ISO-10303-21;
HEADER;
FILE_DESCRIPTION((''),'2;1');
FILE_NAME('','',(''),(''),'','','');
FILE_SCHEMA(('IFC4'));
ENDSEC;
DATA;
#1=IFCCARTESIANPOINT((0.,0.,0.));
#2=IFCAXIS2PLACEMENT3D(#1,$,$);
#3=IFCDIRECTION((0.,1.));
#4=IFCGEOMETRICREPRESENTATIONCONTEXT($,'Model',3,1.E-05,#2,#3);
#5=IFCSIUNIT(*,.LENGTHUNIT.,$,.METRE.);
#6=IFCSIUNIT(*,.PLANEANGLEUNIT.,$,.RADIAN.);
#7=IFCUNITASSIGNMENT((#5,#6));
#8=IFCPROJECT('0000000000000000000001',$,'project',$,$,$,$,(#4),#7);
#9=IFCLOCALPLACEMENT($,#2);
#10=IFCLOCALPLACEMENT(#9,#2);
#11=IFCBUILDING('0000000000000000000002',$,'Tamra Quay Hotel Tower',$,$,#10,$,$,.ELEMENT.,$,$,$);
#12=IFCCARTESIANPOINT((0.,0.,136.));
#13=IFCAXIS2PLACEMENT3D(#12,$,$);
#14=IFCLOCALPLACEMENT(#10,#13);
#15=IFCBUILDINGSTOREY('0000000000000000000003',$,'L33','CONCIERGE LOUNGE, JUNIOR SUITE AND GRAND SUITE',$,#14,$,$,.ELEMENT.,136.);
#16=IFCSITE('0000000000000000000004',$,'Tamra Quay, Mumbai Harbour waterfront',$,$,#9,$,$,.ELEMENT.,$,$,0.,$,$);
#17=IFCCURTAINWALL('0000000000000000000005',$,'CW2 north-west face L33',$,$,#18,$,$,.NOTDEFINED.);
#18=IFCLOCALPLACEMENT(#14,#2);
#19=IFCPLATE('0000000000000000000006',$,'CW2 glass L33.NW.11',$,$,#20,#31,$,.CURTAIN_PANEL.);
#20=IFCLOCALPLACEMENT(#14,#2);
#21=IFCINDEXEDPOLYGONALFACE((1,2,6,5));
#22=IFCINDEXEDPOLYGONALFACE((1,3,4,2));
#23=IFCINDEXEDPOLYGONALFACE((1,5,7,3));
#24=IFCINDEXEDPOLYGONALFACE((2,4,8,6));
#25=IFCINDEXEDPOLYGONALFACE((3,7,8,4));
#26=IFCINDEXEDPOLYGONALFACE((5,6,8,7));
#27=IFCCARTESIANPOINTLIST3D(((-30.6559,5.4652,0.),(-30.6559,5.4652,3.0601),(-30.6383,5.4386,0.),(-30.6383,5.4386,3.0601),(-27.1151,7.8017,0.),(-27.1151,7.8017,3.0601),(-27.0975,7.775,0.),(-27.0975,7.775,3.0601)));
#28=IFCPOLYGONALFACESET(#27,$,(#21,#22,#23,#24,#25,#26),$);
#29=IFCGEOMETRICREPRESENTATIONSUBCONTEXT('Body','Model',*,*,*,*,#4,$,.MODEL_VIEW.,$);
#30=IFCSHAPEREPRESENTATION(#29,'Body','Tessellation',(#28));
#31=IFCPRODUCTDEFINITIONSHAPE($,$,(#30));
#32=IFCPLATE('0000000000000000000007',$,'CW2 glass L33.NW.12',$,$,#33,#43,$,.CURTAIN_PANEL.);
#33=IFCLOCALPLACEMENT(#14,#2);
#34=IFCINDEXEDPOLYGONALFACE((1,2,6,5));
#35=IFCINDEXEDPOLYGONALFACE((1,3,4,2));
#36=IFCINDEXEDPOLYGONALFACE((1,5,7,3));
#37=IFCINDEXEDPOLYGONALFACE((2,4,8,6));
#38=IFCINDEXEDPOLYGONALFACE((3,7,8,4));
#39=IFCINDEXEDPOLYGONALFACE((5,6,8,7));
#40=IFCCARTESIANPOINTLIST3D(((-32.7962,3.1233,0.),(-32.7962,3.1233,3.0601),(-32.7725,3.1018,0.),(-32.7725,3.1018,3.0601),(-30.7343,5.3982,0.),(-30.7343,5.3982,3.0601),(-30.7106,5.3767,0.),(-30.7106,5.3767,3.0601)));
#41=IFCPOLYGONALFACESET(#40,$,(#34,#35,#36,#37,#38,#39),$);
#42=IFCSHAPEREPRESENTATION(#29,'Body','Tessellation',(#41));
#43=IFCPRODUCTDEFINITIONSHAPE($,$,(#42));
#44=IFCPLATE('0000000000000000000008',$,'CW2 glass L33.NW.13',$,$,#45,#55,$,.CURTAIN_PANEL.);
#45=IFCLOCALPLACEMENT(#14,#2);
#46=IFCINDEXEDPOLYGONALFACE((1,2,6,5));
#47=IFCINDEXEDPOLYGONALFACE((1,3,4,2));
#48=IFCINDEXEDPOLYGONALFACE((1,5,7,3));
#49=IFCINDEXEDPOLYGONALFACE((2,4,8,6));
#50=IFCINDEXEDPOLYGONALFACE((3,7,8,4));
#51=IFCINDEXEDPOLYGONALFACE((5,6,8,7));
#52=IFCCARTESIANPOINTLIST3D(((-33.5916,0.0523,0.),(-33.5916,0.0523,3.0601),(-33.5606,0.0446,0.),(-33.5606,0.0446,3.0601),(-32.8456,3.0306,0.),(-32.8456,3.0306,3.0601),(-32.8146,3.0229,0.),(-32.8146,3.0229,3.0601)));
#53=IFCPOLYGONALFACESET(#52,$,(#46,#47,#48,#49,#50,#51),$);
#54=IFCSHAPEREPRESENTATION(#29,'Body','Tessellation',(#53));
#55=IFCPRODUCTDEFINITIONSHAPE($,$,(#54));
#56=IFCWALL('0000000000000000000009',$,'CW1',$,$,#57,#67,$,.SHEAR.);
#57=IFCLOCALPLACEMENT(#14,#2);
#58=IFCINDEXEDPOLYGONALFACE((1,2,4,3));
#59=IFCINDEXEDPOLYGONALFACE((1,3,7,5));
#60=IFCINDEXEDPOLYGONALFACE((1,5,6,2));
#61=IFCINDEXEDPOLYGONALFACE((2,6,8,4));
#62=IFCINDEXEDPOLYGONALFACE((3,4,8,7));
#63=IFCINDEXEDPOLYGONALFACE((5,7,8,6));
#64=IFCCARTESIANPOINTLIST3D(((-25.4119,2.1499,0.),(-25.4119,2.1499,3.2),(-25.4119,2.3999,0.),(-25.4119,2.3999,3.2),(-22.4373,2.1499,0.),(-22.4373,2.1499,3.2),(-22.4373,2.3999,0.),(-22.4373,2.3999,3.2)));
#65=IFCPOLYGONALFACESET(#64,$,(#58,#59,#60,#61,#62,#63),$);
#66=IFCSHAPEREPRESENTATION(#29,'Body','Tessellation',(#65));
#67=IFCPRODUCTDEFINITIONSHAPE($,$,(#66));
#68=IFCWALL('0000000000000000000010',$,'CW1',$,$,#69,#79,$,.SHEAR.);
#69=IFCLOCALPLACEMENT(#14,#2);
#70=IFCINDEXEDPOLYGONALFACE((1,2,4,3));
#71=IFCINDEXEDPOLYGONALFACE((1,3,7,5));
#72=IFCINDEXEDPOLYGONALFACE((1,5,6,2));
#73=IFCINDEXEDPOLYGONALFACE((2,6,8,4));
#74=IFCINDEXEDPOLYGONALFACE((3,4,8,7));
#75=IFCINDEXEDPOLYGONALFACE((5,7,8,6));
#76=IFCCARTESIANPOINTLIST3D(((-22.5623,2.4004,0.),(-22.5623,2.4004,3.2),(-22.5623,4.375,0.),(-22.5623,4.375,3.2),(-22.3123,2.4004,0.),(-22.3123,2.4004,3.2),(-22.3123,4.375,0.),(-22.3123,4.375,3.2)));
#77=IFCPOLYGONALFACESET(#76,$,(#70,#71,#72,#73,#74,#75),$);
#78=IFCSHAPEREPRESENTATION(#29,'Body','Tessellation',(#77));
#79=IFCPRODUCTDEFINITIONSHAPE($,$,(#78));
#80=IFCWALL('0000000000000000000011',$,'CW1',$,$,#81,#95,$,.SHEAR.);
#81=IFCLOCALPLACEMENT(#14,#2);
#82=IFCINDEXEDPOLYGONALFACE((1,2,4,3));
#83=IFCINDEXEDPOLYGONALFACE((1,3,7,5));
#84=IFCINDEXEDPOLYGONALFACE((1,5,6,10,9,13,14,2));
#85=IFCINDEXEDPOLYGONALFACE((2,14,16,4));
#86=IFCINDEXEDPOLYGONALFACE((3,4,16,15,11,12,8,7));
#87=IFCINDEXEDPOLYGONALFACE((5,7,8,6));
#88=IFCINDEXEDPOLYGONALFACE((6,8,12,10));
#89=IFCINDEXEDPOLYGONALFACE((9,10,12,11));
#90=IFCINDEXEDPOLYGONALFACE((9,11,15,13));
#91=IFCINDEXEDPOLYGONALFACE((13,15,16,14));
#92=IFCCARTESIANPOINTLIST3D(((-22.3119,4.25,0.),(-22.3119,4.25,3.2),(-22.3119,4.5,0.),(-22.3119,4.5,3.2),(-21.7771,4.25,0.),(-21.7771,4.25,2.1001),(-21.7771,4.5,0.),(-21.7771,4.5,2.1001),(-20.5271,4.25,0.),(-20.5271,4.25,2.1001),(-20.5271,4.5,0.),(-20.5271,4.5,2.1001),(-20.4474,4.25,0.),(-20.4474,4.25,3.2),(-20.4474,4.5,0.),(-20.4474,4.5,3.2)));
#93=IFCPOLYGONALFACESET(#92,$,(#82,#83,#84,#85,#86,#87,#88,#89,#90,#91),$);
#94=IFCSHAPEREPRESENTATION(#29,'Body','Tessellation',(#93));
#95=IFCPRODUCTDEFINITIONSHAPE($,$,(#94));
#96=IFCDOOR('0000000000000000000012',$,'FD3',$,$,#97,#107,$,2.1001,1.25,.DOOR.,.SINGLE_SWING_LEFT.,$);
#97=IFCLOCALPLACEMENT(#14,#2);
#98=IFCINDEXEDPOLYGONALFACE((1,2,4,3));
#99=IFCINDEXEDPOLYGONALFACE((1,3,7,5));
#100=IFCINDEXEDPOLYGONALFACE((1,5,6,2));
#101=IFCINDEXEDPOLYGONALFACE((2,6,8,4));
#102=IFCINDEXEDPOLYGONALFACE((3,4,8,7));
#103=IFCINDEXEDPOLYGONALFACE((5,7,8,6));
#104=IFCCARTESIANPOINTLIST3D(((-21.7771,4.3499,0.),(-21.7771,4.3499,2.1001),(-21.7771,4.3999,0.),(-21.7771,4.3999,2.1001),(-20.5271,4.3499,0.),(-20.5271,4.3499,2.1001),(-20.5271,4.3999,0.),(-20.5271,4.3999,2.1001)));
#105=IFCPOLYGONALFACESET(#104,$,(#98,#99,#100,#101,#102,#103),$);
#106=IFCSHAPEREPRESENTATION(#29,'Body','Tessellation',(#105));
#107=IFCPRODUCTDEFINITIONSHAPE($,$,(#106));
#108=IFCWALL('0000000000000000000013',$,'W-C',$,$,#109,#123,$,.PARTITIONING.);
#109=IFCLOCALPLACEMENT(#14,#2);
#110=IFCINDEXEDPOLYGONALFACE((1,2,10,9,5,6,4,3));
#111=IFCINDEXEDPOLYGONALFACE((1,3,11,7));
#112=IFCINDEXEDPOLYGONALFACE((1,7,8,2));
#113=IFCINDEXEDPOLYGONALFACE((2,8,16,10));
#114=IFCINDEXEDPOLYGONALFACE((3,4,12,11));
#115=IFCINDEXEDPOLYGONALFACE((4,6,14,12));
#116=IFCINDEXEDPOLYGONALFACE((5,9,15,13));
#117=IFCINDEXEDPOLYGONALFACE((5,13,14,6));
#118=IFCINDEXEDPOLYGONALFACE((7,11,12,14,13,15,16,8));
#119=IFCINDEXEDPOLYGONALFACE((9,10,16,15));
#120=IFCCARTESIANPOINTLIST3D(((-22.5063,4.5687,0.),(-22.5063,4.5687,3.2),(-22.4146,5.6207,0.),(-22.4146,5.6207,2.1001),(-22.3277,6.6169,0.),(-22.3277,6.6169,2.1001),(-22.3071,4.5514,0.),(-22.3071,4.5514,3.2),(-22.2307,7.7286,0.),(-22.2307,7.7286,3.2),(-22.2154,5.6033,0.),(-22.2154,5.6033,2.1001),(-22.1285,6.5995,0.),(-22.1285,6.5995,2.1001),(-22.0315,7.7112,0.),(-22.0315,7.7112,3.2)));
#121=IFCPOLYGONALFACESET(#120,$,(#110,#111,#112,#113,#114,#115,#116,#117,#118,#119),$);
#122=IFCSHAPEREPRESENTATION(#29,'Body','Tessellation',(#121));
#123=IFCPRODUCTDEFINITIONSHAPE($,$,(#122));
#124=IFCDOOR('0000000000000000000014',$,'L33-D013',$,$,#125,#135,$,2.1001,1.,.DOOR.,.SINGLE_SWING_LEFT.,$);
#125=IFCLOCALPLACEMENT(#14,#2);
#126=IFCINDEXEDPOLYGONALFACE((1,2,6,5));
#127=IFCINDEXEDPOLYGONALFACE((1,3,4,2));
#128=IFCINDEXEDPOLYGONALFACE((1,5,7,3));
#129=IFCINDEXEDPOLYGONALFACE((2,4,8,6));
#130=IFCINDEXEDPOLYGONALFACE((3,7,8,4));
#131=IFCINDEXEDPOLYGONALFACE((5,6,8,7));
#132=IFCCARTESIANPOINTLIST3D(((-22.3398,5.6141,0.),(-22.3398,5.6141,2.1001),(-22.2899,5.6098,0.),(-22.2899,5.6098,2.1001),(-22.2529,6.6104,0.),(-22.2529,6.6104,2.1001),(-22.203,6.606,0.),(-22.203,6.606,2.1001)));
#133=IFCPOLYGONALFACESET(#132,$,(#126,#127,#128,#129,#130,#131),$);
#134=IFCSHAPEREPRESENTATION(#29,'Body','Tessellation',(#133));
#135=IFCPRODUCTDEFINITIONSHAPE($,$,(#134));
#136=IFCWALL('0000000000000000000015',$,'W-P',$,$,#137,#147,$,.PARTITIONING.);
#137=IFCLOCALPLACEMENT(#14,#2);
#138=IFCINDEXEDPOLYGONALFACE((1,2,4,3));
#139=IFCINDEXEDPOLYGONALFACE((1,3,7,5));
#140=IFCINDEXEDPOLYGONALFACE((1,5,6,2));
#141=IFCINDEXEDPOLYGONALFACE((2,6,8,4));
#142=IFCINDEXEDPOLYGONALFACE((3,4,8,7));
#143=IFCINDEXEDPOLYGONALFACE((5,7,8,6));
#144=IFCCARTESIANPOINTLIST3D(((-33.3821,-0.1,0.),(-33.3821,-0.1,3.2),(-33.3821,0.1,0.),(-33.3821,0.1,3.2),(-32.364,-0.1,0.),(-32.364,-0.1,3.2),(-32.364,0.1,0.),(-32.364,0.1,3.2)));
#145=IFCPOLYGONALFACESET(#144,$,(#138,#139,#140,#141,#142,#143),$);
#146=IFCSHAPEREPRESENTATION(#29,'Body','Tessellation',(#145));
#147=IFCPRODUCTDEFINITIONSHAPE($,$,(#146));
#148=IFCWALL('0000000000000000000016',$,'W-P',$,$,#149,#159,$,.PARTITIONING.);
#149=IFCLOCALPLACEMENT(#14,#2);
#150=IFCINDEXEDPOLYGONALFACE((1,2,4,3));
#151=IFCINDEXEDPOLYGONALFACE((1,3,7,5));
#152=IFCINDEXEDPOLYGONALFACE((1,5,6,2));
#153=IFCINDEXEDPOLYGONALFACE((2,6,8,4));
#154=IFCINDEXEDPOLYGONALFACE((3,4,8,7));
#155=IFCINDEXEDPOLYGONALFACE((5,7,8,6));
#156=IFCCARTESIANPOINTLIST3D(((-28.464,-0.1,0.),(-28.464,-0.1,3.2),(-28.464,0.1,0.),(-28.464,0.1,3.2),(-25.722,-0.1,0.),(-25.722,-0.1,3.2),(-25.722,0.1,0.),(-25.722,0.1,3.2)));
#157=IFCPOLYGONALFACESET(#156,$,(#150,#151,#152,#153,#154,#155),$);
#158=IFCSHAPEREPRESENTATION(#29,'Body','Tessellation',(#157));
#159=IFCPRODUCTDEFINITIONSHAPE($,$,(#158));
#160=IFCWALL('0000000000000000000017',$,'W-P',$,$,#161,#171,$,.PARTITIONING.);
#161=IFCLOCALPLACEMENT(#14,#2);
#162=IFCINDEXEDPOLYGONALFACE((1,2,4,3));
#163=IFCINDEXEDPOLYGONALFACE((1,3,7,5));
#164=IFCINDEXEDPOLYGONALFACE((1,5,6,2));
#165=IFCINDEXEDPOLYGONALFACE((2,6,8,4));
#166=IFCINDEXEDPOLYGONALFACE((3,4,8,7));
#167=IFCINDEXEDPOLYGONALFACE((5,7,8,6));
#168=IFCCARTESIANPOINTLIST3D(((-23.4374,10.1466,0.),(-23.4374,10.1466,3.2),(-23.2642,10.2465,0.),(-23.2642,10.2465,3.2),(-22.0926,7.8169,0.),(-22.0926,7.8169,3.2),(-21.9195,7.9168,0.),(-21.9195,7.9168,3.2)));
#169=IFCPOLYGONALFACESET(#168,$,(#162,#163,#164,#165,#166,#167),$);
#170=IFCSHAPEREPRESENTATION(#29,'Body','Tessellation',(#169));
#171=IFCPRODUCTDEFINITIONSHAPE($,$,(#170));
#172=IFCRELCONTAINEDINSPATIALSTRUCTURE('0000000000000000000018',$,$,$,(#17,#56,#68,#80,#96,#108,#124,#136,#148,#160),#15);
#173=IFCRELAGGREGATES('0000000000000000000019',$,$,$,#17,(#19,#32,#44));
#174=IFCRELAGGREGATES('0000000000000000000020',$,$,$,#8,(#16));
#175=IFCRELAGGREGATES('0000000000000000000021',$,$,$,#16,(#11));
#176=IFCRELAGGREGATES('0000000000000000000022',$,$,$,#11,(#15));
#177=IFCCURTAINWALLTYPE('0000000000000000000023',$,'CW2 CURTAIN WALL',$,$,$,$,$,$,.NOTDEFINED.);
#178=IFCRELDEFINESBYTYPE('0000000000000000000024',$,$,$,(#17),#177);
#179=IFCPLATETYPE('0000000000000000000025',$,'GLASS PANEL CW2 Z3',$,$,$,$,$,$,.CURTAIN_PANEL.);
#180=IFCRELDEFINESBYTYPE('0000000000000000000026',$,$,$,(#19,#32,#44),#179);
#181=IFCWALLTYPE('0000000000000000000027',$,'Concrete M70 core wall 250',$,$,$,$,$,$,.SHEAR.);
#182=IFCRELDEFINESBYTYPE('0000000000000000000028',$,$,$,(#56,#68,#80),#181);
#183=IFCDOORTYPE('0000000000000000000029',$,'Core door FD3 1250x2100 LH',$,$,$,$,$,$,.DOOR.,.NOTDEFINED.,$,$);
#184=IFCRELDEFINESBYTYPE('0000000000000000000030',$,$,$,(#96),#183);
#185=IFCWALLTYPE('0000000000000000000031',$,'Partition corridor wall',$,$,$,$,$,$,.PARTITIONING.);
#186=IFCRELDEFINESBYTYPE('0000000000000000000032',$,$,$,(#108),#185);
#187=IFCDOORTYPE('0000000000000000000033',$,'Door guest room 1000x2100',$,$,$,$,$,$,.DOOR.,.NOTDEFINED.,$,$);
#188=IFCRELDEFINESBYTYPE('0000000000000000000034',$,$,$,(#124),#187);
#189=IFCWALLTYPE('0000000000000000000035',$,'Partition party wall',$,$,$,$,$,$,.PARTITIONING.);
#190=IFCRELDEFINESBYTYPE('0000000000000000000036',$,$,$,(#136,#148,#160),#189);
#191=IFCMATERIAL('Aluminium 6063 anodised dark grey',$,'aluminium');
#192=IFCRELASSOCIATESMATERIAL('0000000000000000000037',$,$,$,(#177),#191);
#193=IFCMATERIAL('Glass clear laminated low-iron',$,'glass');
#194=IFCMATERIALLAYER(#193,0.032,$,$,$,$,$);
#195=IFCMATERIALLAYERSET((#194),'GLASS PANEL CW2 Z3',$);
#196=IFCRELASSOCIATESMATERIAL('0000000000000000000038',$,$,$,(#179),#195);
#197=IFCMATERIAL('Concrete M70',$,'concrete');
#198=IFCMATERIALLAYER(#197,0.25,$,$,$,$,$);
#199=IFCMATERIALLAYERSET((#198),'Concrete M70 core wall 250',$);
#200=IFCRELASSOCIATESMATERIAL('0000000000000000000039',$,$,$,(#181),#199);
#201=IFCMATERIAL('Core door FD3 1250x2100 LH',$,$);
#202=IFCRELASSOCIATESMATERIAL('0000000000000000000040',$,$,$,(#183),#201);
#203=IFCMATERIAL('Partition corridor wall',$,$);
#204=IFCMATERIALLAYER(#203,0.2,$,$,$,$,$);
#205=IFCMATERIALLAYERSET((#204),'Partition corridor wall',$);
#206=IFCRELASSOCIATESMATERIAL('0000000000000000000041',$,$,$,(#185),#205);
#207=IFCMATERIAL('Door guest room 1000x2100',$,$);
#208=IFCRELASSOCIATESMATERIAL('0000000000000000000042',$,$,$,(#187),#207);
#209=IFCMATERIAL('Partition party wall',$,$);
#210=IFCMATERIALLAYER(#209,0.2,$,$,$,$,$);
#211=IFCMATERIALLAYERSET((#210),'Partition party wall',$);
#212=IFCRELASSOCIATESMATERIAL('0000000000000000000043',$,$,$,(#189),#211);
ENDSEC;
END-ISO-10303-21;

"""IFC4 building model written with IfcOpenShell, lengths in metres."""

from ifc_helpers import new_model, si_unit, direction, frame, frame_2d, origin, origin_2d, place, context, subcontext, project, spatial, rectangle, extrude, material, layer, layer_set, type_object, element, fill, aggregate, save


model = new_model("IFC4")

# Units and contexts
model_context = context("Model", 3, precision=1e-05, world=origin(), true_north=direction((0.0, 1.0)))
body_context = subcontext(model_context, "Body", "Model", "MODEL_VIEW")
ifc_project = project(units=[si_unit("LENGTHUNIT", "METRE"), si_unit("PLANEANGLEUNIT", "RADIAN")], contexts=[model_context])

# Site, building, storey
site_placement = place(None, origin())
site = spatial("IfcSite", under=ifc_project, at=site_placement, Name="Tamra Quay, Mumbai Harbour waterfront", CompositionType="ELEMENT", RefElevation=0.0)
building_placement = place(site_placement, origin())
building = spatial("IfcBuilding", under=site, at=building_placement, Name="Tamra Quay Hotel Tower", CompositionType="ELEMENT")
storey_placement = place(building_placement, frame((0.0, 0.0, 136.0)))
storey = spatial("IfcBuildingStorey", under=building, at=storey_placement, Name="L33", Description="CONCIERGE LOUNGE, JUNIOR SUITE AND GRAND SUITE", CompositionType="ELEMENT", Elevation=136.0)

# Shared definitions
ifc_material_1 = material(Name="Concrete M70", Category="concrete")

# Curtain wall
ifc_material_2 = material(Name="Aluminium 6063 anodised dark grey", Category="aluminium")
curtain_wall_type = type_object("IfcCurtainWallType", Name="CW2 CURTAIN WALL", PredefinedType="NOTDEFINED", material=ifc_material_2)
curtain_wall_placement = place(storey_placement, origin())
curtain_wall = element("IfcCurtainWall", 1, at=curtain_wall_placement, inside=storey, type_object=curtain_wall_type, Name="CW2 north-west face L33", PredefinedType="NOTDEFINED")

# Plates
ifc_material_3 = material(Name="Glass clear laminated low-iron", Category="glass")
ifc_layer_1 = layer(ifc_material_3, 0.032)
ifc_layer_set_1 = layer_set([ifc_layer_1], Name="GLASS PANEL CW2 Z3")
plate_type = type_object("IfcPlateType", Name="GLASS PANEL CW2 Z3", PredefinedType="CURTAIN_PANEL", material=ifc_layer_set_1)
plate_1_placement = place(storey_placement, frame((-28.8767, 6.6201, 0.0), z_axis=(0.0, 0.0, 1.0), x_axis=(-0.834663, -0.550761, 0.0)))
plate_1 = element("IfcPlate", 2, at=plate_1_placement, type_object=plate_type, Name="CW2 glass L33.NW.11", PredefinedType="CURTAIN_PANEL", context=body_context, shape_type="SweptSolid", body=[
    extrude(rectangle(XDim=4.2422, YDim=0.032, at=origin_2d()), origin(), (0.0, 0.0, 1.0), 3.0601),
])
plate_2_placement = place(storey_placement, frame((-31.7534, 4.25, 0.0), z_axis=(0.0, 0.0, 1.0), x_axis=(-0.67155, -0.740959, 0.0)))
plate_2 = element("IfcPlate", 3, at=plate_2_placement, type_object=plate_type, Name="CW2 glass L33.NW.12", PredefinedType="CURTAIN_PANEL", context=body_context, shape_type="SweptSolid", body=[
    extrude(rectangle(XDim=3.0703, YDim=0.032, at=origin_2d()), origin(), (0.0, 0.0, 1.0), 3.0601),
])
plate_3_placement = place(storey_placement, frame((-33.2031, 1.5376, 0.0), z_axis=(0.0, 0.0, 1.0), x_axis=(-0.242976, -0.970032, 0.0)))
plate_3 = element("IfcPlate", 4, at=plate_3_placement, type_object=plate_type, Name="CW2 glass L33.NW.13", PredefinedType="CURTAIN_PANEL", context=body_context, shape_type="SweptSolid", body=[
    extrude(rectangle(XDim=3.0703, YDim=0.032, at=origin_2d()), origin(), (0.0, 0.0, 1.0), 3.0601),
])
aggregate(curtain_wall, [plate_1, plate_2, plate_3])

# Walls
ifc_layer_2 = layer(ifc_material_1, 0.25)
ifc_layer_set_2 = layer_set([ifc_layer_2], Name="Concrete M70 core wall 250")
wall_type_1 = type_object("IfcWallType", Name="Concrete M70 core wall 250", PredefinedType="SHEAR", material=ifc_layer_set_2)
wall_1_placement = place(storey_placement, frame((-25.4119, 2.2749, 0.0), z_axis=(0.0, 0.0, 1.0), x_axis=(1.0, 0.0, 0.0)))
element("IfcWall", 5, at=wall_1_placement, inside=storey, type_object=wall_type_1, Name="CW1", PredefinedType="SHEAR", context=body_context, shape_type="SweptSolid", body=[
    extrude(rectangle(XDim=2.9746, YDim=0.25, at=frame_2d((1.4873, 0.0))), origin(), (0.0, 0.0, 1.0), 3.2),
])
wall_2_placement = place(storey_placement, frame((-22.4373, 2.4004, 0.0), z_axis=(0.0, 0.0, 1.0), x_axis=(0.0, 1.0, 0.0)))
element("IfcWall", 6, at=wall_2_placement, inside=storey, type_object=wall_type_1, Name="CW1", PredefinedType="SHEAR", context=body_context, shape_type="SweptSolid", body=[
    extrude(rectangle(XDim=1.9746, YDim=0.25, at=frame_2d((0.9873, 0.0))), origin(), (0.0, 0.0, 1.0), 3.2),
])

# Walls, openings, doors
wall_3_placement = place(storey_placement, frame((-22.3118, 4.375, 0.0), z_axis=(0.0, 0.0, 1.0), x_axis=(1.0, 0.0, 0.0)))
wall_3 = element("IfcWall", 7, at=wall_3_placement, inside=storey, type_object=wall_type_1, Name="CW1", PredefinedType="SHEAR", context=body_context, shape_type="SweptSolid", body=[
    extrude(rectangle(XDim=1.8645, YDim=0.25, at=frame_2d((0.9321, 0.0))), origin(), (0.0, 0.0, 1.0), 3.2),
])
opening_1_placement = place(wall_3_placement, frame((0.5347, 0.0, 0.0)))
opening_1 = element("IfcOpeningElement", 8, at=opening_1_placement, cuts=wall_3, PredefinedType="OPENING", context=body_context, shape_type="SweptSolid", body=[
    extrude(rectangle(XDim=1.25, YDim=2.1001, at=frame_2d((0.625, 1.05))), frame((0.0, 0.135, 0.0), z_axis=(0.0, -1.0, 0.0), x_axis=(1.0, 0.0, 0.0)), (0.0, 0.0, 1.0), 0.27),
])
ifc_material_4 = material(Name="Core door FD3 1250x2100 LH")
door_type_1 = type_object("IfcDoorType", Name="Core door FD3 1250x2100 LH", OperationType="NOTDEFINED", PredefinedType="DOOR", material=ifc_material_4)
door_1_placement = place(opening_1_placement, origin())
door_1 = element("IfcDoor", 9, at=door_1_placement, inside=storey, type_object=door_type_1, Name="FD3", OperationType="SINGLE_SWING_LEFT", OverallHeight=2.1001, OverallWidth=1.25, PredefinedType="DOOR", context=body_context, shape_type="SweptSolid", body=[
    extrude(rectangle(XDim=1.25, YDim=2.1001, at=frame_2d((0.625, 1.05))), frame((0.0, 0.0249, 0.0), z_axis=(0.0, -1.0, 0.0), x_axis=(1.0, 0.0, 0.0)), (0.0, 0.0, 1.0), 0.05),
])
fill(opening_1, door_1)
ifc_material_5 = material(Name="Partition corridor wall")
ifc_layer_3 = layer(ifc_material_5, 0.2)
ifc_layer_set_3 = layer_set([ifc_layer_3], Name="Partition corridor wall")
wall_type_2 = type_object("IfcWallType", Name="Partition corridor wall", PredefinedType="PARTITIONING", material=ifc_layer_set_3)
wall_4_placement = place(storey_placement, frame((-22.4067, 4.5601, 0.0), z_axis=(0.0, 0.0, 1.0), x_axis=(0.086899, 0.996217, 0.0)))
wall_4 = element("IfcWall", 10, at=wall_4_placement, inside=storey, type_object=wall_type_2, Name="W-C", PredefinedType="PARTITIONING", context=body_context, shape_type="SweptSolid", body=[
    extrude(rectangle(XDim=3.1719, YDim=0.2, at=frame_2d((1.5859, 0.0))), origin(), (0.0, 0.0, 1.0), 3.2),
])
opening_2_placement = place(wall_4_placement, frame((1.0559, 0.0, 0.0)))
opening_2 = element("IfcOpeningElement", 11, at=opening_2_placement, cuts=wall_4, PredefinedType="OPENING", context=body_context, shape_type="SweptSolid", body=[
    extrude(rectangle(XDim=1.0, YDim=2.1001, at=frame_2d((0.5, 1.05))), frame((0.0, 0.1099, 0.0), z_axis=(0.0, -1.0, 0.0), x_axis=(1.0, 0.0, 0.0)), (0.0, 0.0, 1.0), 0.22),
])
ifc_material_6 = material(Name="Door guest room 1000x2100")
door_type_2 = type_object("IfcDoorType", Name="Door guest room 1000x2100", OperationType="NOTDEFINED", PredefinedType="DOOR", material=ifc_material_6)
door_2_placement = place(opening_2_placement, origin())
door_2 = element("IfcDoor", 12, at=door_2_placement, inside=storey, type_object=door_type_2, Name="L33-D013", OperationType="SINGLE_SWING_LEFT", OverallHeight=2.1001, OverallWidth=1.0, PredefinedType="DOOR", context=body_context, shape_type="SweptSolid", body=[
    extrude(rectangle(XDim=1.0, YDim=2.1001, at=frame_2d((0.5, 1.05))), frame((0.0, 0.0249, 0.0), z_axis=(0.0, -1.0, 0.0), x_axis=(1.0, 0.0, 0.0)), (0.0, 0.0, 1.0), 0.05),
])
fill(opening_2, door_2)

# Walls
ifc_material_7 = material(Name="Partition party wall")
ifc_layer_4 = layer(ifc_material_7, 0.2)
ifc_layer_set_4 = layer_set([ifc_layer_4], Name="Partition party wall")
wall_type_3 = type_object("IfcWallType", Name="Partition party wall", PredefinedType="PARTITIONING", material=ifc_layer_set_4)
wall_5_placement = place(storey_placement, frame((-33.3821, 0.0, 0.0), z_axis=(0.0, 0.0, 1.0), x_axis=(1.0, 0.0, 0.0)))
element("IfcWall", 13, at=wall_5_placement, inside=storey, type_object=wall_type_3, Name="W-P", PredefinedType="PARTITIONING", context=body_context, shape_type="SweptSolid", body=[
    extrude(rectangle(XDim=1.0181, YDim=0.2, at=frame_2d((0.509, 0.0))), origin(), (0.0, 0.0, 1.0), 3.2),
])
wall_6_placement = place(storey_placement, frame((-28.4641, 0.0, 0.0), z_axis=(0.0, 0.0, 1.0), x_axis=(1.0, 0.0, 0.0)))
element("IfcWall", 14, at=wall_6_placement, inside=storey, type_object=wall_type_3, Name="W-P", PredefinedType="PARTITIONING", context=body_context, shape_type="SweptSolid", body=[
    extrude(rectangle(XDim=2.7419, YDim=0.2, at=frame_2d((1.3711, 0.0))), origin(), (0.0, 0.0, 1.0), 3.2),
])
wall_7_placement = place(storey_placement, frame((-23.3508, 10.1965, 0.0), z_axis=(0.0, 0.0, 1.0), x_axis=(0.499927, -0.866068, 0.0)))
element("IfcWall", 15, at=wall_7_placement, inside=storey, type_object=wall_type_3, Name="W-P", PredefinedType="PARTITIONING", context=body_context, shape_type="SweptSolid", body=[
    extrude(rectangle(XDim=2.6899, YDim=0.2, at=frame_2d((1.345, 0.0))), origin(), (0.0, 0.0, 1.0), 3.2),
])

save(model, "model.ifc")
